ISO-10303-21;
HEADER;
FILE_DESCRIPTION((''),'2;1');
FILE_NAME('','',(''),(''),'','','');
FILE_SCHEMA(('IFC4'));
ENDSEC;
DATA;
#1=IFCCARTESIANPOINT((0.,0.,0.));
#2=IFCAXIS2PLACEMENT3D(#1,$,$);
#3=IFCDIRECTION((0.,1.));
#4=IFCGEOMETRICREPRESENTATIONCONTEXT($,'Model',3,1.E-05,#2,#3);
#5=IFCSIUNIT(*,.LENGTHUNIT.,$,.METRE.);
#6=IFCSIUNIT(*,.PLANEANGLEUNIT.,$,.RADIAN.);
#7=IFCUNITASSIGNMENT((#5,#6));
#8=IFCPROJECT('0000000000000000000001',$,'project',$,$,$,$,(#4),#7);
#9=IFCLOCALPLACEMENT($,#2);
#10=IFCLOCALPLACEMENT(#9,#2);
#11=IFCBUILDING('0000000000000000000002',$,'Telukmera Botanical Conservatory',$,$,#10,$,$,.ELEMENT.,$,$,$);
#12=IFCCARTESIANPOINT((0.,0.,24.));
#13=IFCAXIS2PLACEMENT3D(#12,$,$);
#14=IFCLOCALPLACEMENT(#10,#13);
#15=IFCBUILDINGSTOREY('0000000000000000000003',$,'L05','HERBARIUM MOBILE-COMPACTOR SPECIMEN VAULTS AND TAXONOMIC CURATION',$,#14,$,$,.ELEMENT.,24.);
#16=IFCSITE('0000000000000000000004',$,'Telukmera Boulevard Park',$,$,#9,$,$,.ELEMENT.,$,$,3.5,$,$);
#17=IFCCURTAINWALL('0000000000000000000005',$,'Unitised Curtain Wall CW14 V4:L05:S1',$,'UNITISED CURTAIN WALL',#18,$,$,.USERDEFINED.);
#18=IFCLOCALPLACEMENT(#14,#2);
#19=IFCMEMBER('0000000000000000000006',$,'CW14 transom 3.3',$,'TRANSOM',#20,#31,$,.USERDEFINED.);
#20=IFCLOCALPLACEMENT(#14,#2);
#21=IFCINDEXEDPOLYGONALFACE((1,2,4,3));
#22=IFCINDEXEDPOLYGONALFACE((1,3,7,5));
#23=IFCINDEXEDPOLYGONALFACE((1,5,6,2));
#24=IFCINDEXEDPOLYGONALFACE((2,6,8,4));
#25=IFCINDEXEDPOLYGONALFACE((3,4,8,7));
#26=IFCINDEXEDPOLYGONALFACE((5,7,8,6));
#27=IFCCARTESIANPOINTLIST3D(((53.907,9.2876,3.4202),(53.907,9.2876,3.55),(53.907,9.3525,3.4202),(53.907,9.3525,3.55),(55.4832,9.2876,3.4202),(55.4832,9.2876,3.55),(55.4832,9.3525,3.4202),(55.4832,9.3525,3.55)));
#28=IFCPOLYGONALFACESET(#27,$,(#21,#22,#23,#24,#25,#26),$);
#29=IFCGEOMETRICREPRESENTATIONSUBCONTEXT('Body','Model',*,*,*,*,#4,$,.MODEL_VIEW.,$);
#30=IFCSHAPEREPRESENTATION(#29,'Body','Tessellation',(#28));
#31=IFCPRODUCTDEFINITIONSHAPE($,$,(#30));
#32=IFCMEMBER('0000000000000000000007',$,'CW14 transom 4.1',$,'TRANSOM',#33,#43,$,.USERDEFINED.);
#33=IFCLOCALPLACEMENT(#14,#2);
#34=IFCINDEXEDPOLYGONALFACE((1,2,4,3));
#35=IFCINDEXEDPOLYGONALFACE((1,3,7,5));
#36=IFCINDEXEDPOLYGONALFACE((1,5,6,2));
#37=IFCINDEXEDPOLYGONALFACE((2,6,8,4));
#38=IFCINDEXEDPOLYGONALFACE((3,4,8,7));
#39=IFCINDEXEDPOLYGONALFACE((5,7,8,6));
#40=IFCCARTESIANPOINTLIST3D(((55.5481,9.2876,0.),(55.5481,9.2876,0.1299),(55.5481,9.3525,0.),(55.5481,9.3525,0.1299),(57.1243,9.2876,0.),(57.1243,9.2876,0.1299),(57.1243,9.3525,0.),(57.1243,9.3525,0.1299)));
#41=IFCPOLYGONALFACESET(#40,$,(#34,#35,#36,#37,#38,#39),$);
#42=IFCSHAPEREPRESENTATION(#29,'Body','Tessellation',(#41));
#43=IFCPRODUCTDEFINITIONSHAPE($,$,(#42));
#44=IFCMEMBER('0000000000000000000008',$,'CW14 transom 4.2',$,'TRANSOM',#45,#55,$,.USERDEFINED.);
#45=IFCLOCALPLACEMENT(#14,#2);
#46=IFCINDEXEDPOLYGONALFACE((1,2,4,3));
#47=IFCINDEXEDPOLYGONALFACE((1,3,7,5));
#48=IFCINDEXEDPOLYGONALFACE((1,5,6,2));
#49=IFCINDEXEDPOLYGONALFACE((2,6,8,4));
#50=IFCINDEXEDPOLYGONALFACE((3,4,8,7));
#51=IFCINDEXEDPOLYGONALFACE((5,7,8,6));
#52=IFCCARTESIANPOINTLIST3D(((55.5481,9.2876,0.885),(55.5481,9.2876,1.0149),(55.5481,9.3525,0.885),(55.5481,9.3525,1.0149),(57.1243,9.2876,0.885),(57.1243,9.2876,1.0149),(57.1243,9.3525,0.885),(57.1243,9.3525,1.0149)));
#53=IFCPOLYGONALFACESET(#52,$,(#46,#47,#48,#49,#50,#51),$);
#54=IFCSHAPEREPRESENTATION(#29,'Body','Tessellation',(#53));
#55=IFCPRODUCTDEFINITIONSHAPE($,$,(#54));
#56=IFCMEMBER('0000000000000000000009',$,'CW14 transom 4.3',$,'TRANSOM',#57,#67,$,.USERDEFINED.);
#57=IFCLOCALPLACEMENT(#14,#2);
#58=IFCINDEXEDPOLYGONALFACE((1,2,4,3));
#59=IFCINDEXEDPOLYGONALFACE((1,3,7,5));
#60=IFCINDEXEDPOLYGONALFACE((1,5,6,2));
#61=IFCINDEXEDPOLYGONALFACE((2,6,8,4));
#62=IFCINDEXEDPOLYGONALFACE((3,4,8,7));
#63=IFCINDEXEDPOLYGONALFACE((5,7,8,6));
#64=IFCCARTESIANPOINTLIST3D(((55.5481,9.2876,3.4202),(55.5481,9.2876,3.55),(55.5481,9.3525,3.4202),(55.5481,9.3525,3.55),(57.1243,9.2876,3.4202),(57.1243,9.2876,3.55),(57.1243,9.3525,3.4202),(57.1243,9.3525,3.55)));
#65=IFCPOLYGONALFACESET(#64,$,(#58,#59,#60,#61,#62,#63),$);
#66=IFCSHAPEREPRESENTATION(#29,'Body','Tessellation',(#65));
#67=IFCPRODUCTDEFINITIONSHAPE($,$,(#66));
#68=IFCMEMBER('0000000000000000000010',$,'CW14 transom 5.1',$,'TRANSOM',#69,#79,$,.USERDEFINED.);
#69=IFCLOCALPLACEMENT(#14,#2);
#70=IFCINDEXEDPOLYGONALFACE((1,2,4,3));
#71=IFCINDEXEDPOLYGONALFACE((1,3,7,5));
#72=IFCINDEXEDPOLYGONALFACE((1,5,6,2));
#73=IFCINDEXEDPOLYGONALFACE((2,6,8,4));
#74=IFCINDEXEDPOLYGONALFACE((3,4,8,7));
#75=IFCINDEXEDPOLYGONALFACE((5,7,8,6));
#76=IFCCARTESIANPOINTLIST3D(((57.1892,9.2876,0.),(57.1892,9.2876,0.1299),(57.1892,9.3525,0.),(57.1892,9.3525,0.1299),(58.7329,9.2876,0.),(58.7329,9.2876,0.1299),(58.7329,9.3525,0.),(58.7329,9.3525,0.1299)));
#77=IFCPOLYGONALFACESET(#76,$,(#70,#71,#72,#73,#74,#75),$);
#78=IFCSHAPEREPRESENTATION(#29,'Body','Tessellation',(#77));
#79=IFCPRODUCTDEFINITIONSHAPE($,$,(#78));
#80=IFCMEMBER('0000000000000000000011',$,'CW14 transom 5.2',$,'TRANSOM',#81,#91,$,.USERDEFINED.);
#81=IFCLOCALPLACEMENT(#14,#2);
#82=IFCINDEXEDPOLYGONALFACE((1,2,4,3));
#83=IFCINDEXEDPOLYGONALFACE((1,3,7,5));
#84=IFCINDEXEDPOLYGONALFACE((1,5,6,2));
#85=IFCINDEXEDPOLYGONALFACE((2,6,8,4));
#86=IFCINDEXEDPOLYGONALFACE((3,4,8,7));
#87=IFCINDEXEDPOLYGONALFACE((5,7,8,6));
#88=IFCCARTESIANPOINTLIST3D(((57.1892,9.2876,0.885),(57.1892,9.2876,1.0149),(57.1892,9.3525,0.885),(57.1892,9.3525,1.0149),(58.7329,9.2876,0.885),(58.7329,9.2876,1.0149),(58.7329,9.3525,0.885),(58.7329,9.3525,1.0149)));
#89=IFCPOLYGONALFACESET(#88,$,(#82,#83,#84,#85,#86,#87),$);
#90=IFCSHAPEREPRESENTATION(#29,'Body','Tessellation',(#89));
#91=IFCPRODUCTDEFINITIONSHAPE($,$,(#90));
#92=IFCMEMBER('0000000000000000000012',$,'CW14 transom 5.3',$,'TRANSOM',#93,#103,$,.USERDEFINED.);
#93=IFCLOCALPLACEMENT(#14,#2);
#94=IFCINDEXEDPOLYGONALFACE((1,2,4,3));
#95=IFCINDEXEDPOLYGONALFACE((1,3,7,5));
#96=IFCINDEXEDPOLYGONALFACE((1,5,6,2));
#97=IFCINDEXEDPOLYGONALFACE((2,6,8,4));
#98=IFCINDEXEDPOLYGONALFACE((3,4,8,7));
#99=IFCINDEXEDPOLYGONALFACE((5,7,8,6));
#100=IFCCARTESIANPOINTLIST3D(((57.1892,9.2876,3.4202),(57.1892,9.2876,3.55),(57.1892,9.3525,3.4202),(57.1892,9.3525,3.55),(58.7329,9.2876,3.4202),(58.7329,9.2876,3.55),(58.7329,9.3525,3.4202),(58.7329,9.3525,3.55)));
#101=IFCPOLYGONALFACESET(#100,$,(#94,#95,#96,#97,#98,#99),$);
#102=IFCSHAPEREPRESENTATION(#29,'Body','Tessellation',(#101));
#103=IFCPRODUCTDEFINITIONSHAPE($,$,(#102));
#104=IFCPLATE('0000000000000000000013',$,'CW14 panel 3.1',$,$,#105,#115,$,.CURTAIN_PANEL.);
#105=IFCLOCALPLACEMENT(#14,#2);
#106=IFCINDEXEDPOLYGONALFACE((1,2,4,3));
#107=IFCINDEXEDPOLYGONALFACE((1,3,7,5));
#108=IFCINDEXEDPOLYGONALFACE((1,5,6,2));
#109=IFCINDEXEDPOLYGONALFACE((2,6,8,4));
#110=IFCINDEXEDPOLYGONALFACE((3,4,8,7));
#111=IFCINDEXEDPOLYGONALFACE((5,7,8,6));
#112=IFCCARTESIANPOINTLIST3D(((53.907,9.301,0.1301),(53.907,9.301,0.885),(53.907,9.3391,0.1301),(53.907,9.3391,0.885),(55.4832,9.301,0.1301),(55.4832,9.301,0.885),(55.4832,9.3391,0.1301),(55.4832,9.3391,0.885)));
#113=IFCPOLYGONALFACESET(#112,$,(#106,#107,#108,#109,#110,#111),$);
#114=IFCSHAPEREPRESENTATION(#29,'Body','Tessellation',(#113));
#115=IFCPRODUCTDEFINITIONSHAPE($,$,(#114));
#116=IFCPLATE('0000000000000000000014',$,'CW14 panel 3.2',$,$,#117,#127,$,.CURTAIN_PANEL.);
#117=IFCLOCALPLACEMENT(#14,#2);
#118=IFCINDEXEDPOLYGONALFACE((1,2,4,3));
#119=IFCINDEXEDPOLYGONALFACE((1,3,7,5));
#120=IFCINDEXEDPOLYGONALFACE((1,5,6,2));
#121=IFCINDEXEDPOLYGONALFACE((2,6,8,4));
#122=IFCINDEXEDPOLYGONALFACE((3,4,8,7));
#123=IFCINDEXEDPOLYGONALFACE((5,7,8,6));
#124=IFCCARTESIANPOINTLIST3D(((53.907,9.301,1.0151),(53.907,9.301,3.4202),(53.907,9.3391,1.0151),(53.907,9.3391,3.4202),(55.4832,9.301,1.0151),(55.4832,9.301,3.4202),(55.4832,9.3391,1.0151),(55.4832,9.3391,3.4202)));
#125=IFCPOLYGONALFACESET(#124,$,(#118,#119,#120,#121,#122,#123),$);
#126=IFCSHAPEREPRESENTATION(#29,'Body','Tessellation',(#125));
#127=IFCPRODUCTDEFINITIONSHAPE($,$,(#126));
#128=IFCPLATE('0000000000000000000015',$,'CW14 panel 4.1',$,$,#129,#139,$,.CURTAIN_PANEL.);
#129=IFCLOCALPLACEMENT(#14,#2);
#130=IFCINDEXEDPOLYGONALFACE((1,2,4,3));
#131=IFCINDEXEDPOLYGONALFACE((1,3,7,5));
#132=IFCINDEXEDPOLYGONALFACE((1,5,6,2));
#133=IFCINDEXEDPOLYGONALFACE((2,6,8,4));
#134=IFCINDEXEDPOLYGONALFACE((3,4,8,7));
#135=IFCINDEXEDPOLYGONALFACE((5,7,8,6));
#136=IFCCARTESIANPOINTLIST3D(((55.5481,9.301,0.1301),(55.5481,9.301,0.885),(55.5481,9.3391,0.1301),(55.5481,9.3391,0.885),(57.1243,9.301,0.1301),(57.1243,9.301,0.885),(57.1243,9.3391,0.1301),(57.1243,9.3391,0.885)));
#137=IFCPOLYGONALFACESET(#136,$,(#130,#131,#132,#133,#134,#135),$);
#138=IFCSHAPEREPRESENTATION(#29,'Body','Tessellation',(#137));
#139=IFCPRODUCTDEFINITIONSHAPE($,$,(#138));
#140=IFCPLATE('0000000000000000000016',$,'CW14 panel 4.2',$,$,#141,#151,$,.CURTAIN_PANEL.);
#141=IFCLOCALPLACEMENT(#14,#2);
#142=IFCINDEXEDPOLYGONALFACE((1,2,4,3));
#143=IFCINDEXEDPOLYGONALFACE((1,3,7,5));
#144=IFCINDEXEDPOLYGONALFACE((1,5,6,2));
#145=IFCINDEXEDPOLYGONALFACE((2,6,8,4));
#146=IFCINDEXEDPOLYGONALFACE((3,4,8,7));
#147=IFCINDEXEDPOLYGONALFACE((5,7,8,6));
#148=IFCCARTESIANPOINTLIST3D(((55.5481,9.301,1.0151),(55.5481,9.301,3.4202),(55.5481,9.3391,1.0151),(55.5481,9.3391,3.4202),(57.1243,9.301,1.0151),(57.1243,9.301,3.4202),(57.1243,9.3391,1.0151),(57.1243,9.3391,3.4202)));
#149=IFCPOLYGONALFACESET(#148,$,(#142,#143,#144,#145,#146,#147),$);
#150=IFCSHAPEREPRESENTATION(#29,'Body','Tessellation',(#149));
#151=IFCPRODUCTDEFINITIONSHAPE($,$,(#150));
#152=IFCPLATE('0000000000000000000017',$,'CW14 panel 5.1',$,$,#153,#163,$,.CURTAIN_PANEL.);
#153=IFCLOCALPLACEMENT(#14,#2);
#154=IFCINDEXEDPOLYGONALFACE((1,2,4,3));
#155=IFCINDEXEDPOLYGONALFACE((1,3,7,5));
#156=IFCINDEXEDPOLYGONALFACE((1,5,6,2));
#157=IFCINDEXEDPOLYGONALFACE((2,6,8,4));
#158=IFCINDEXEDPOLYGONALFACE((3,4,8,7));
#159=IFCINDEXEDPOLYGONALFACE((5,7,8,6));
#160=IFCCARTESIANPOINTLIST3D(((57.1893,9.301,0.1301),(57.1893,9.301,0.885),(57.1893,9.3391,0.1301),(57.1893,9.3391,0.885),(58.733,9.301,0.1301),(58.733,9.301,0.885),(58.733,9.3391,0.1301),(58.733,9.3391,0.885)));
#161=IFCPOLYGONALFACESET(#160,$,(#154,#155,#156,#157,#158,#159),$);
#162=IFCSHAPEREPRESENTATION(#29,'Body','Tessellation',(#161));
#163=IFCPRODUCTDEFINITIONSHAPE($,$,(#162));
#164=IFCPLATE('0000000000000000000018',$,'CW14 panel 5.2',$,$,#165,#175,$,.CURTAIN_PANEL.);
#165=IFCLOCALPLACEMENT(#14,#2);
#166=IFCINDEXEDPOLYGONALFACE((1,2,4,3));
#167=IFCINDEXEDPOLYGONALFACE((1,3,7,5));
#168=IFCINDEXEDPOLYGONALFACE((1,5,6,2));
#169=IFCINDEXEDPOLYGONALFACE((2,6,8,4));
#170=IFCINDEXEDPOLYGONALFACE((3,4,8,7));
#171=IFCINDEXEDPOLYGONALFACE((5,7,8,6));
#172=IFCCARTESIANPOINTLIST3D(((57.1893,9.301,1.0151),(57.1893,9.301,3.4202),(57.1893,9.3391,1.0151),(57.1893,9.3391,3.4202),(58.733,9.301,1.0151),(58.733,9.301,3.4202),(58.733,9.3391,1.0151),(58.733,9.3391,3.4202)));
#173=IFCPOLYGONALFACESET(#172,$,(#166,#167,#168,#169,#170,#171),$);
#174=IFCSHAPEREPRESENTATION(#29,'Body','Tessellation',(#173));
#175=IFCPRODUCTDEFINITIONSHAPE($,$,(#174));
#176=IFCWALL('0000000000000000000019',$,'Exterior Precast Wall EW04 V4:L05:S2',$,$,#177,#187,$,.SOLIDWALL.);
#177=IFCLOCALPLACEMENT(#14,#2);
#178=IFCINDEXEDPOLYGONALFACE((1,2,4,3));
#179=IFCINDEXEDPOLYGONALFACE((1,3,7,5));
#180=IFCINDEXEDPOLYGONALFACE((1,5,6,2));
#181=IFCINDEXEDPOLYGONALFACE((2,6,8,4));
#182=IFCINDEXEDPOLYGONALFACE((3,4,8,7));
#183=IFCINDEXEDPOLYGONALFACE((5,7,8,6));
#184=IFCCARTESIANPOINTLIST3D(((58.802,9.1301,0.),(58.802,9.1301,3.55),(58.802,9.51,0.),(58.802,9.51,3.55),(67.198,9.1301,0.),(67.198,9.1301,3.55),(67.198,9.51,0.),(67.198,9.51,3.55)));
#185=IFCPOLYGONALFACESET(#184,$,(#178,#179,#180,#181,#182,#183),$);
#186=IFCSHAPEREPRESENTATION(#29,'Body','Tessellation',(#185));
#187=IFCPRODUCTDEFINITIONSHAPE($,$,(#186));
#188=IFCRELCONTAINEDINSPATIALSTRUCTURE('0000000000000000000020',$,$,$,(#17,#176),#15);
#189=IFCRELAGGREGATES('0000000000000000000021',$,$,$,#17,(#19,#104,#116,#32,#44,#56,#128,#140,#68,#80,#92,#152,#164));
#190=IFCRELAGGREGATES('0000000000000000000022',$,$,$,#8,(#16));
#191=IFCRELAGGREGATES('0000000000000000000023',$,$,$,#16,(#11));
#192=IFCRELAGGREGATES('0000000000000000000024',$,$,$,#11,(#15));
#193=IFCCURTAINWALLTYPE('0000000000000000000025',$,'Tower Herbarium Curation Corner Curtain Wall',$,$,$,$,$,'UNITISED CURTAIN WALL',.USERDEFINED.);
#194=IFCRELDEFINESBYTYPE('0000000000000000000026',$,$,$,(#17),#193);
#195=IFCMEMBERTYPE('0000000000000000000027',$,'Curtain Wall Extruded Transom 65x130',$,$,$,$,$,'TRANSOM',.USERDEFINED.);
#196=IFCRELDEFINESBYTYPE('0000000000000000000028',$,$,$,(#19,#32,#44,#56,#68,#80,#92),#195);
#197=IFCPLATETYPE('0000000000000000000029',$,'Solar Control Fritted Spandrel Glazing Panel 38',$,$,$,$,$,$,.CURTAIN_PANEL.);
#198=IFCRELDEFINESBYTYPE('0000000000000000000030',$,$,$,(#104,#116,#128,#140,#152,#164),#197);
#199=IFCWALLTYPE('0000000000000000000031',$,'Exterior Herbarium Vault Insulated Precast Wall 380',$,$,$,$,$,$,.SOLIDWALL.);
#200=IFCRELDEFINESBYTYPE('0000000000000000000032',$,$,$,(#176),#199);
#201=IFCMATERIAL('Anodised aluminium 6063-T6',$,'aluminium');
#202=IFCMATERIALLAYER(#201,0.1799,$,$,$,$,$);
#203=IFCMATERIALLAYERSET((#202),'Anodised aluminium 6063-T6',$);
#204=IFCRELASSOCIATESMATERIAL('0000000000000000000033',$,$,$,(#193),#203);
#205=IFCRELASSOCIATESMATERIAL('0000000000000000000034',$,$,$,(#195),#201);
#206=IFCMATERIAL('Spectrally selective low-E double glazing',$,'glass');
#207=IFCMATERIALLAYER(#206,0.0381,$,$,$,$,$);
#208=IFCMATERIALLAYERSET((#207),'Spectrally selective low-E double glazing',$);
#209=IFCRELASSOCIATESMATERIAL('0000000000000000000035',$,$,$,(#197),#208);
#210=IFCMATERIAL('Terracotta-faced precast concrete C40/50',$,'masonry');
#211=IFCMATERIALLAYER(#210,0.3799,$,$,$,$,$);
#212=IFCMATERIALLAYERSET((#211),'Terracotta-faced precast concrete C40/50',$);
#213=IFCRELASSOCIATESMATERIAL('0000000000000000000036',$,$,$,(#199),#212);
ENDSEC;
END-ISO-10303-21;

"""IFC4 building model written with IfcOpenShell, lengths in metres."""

from ifc_helpers import new_model, si_unit, direction, frame, frame_2d, origin, origin_2d, place, context, subcontext, project, spatial, rectangle, extrude, material, layer, layer_set, material_profile, profile_set, type_object, element, aggregate, save


model = new_model("IFC4")

# Units and contexts
model_context = context("Model", 3, precision=1e-05, world=origin(), true_north=direction((0.0, 1.0)))
body_context = subcontext(model_context, "Body", "Model", "MODEL_VIEW")
ifc_project = project(units=[si_unit("LENGTHUNIT", "METRE"), si_unit("PLANEANGLEUNIT", "RADIAN")], contexts=[model_context])

# Site, building, storey
site_placement = place(None, origin())
site = spatial("IfcSite", under=ifc_project, at=site_placement, Name="Telukmera Boulevard Park", CompositionType="ELEMENT", RefElevation=3.5)
building_placement = place(site_placement, origin())
building = spatial("IfcBuilding", under=site, at=building_placement, Name="Telukmera Botanical Conservatory", CompositionType="ELEMENT")
storey_placement = place(building_placement, frame((0.0, 0.0, 24.0)))
storey = spatial("IfcBuildingStorey", under=building, at=storey_placement, Name="L05", Description="HERBARIUM MOBILE-COMPACTOR SPECIMEN VAULTS AND TAXONOMIC CURATION", CompositionType="ELEMENT", Elevation=24.0)

# Curtain wall, members, plates
ifc_material_1 = material(Name="Anodised aluminium 6063-T6", Category="aluminium")
ifc_layer_1 = layer(ifc_material_1, 0.1799)
ifc_layer_set_1 = layer_set([ifc_layer_1], Name="Anodised aluminium 6063-T6")
curtain_wall_type = type_object("IfcCurtainWallType", Name="Tower Herbarium Curation Corner Curtain Wall", ElementType="UNITISED CURTAIN WALL", PredefinedType="USERDEFINED", material=ifc_layer_set_1)
curtain_wall_placement = place(storey_placement, origin())
curtain_wall = element("IfcCurtainWall", 1, at=curtain_wall_placement, inside=storey, type_object=curtain_wall_type, Name="Unitised Curtain Wall CW14 V4:L05:S1", ObjectType="UNITISED CURTAIN WALL", PredefinedType="USERDEFINED")
ifc_material_profile_1 = material_profile(ifc_material_1, rectangle(XDim=0.0649, YDim=0.1299, at=origin_2d()), Name="ALU TRAN 65x130")
ifc_profile_set_1 = profile_set([ifc_material_profile_1], Name="Anodised aluminium 6063-T6")
member_type_1 = type_object("IfcMemberType", Name="Curtain Wall Extruded Transom 65x130", ElementType="TRANSOM", PredefinedType="USERDEFINED", material=ifc_profile_set_1)
member_1_placement = place(storey_placement, frame((53.907, 9.3201, 3.4851), z_axis=(1.0, 0.0, 0.0), x_axis=(0.0, 1.0, 0.0)))
member_1 = element("IfcMember", 2, at=member_1_placement, type_object=member_type_1, Name="CW14 transom 3.3", ObjectType="TRANSOM", PredefinedType="USERDEFINED", context=body_context, shape_type="SweptSolid", body=[
    extrude(rectangle(XDim=0.0649, YDim=0.1299, at=origin_2d()), origin(), (0.0, 0.0, 1.0), 1.5762),
])
member_2_placement = place(storey_placement, frame((55.5481, 9.3201, 0.0649), z_axis=(1.0, 0.0, 0.0), x_axis=(0.0, 1.0, 0.0)))
member_2 = element("IfcMember", 3, at=member_2_placement, type_object=member_type_1, Name="CW14 transom 4.1", ObjectType="TRANSOM", PredefinedType="USERDEFINED", context=body_context, shape_type="SweptSolid", body=[
    extrude(rectangle(XDim=0.0649, YDim=0.1299, at=origin_2d()), origin(), (0.0, 0.0, 1.0), 1.5762),
])
member_3_placement = place(storey_placement, frame((55.5481, 9.3201, 0.95), z_axis=(1.0, 0.0, 0.0), x_axis=(0.0, 1.0, 0.0)))
member_3 = element("IfcMember", 4, at=member_3_placement, type_object=member_type_1, Name="CW14 transom 4.2", ObjectType="TRANSOM", PredefinedType="USERDEFINED", context=body_context, shape_type="SweptSolid", body=[
    extrude(rectangle(XDim=0.0649, YDim=0.1299, at=origin_2d()), origin(), (0.0, 0.0, 1.0), 1.5762),
])
member_4_placement = place(storey_placement, frame((55.5481, 9.3201, 3.4851), z_axis=(1.0, 0.0, 0.0), x_axis=(0.0, 1.0, 0.0)))
member_4 = element("IfcMember", 5, at=member_4_placement, type_object=member_type_1, Name="CW14 transom 4.3", ObjectType="TRANSOM", PredefinedType="USERDEFINED", context=body_context, shape_type="SweptSolid", body=[
    extrude(rectangle(XDim=0.0649, YDim=0.1299, at=origin_2d()), origin(), (0.0, 0.0, 1.0), 1.5762),
])
member_5_placement = place(storey_placement, frame((57.1892, 9.3201, 0.0649), z_axis=(1.0, 0.0, 0.0), x_axis=(0.0, 1.0, 0.0)))
member_5 = element("IfcMember", 6, at=member_5_placement, type_object=member_type_1, Name="CW14 transom 5.1", ObjectType="TRANSOM", PredefinedType="USERDEFINED", context=body_context, shape_type="SweptSolid", body=[
    extrude(rectangle(XDim=0.0649, YDim=0.1299, at=origin_2d()), origin(), (0.0, 0.0, 1.0), 1.5437),
])
member_6_placement = place(storey_placement, frame((57.1892, 9.3201, 0.95), z_axis=(1.0, 0.0, 0.0), x_axis=(0.0, 1.0, 0.0)))
member_6 = element("IfcMember", 7, at=member_6_placement, type_object=member_type_1, Name="CW14 transom 5.2", ObjectType="TRANSOM", PredefinedType="USERDEFINED", context=body_context, shape_type="SweptSolid", body=[
    extrude(rectangle(XDim=0.0649, YDim=0.1299, at=origin_2d()), origin(), (0.0, 0.0, 1.0), 1.5437),
])
member_7_placement = place(storey_placement, frame((57.1892, 9.3201, 3.4851), z_axis=(1.0, 0.0, 0.0), x_axis=(0.0, 1.0, 0.0)))
member_7 = element("IfcMember", 8, at=member_7_placement, type_object=member_type_1, Name="CW14 transom 5.3", ObjectType="TRANSOM", PredefinedType="USERDEFINED", context=body_context, shape_type="SweptSolid", body=[
    extrude(rectangle(XDim=0.0649, YDim=0.1299, at=origin_2d()), origin(), (0.0, 0.0, 1.0), 1.5437),
])
ifc_material_2 = material(Name="Spectrally selective low-E double glazing", Category="glass")
ifc_layer_2 = layer(ifc_material_2, 0.0381)
ifc_layer_set_2 = layer_set([ifc_layer_2], Name="Spectrally selective low-E double glazing")
plate_type = type_object("IfcPlateType", Name="Solar Control Fritted Spandrel Glazing Panel 38", PredefinedType="CURTAIN_PANEL", material=ifc_layer_set_2)
plate_1_placement = place(storey_placement, frame((54.6951, 9.3201, 0.1301), z_axis=(0.0, 0.0, 1.0), x_axis=(1.0, 0.0, 0.0)))
plate_1 = element("IfcPlate", 9, at=plate_1_placement, type_object=plate_type, Name="CW14 panel 3.1", PredefinedType="CURTAIN_PANEL", context=body_context, shape_type="SweptSolid", body=[
    extrude(rectangle(XDim=1.5762, YDim=0.0381, at=origin_2d()), origin(), (0.0, 0.0, 1.0), 0.7549),
])
plate_2_placement = place(storey_placement, frame((54.6951, 9.3201, 1.0151), z_axis=(0.0, 0.0, 1.0), x_axis=(1.0, 0.0, 0.0)))
plate_2 = element("IfcPlate", 10, at=plate_2_placement, type_object=plate_type, Name="CW14 panel 3.2", PredefinedType="CURTAIN_PANEL", context=body_context, shape_type="SweptSolid", body=[
    extrude(rectangle(XDim=1.5762, YDim=0.0381, at=origin_2d()), origin(), (0.0, 0.0, 1.0), 2.405),
])
plate_3_placement = place(storey_placement, frame((56.3362, 9.3201, 0.1301), z_axis=(0.0, 0.0, 1.0), x_axis=(1.0, 0.0, 0.0)))
plate_3 = element("IfcPlate", 11, at=plate_3_placement, type_object=plate_type, Name="CW14 panel 4.1", PredefinedType="CURTAIN_PANEL", context=body_context, shape_type="SweptSolid", body=[
    extrude(rectangle(XDim=1.5762, YDim=0.0381, at=origin_2d()), origin(), (0.0, 0.0, 1.0), 0.7549),
])
plate_4_placement = place(storey_placement, frame((56.3362, 9.3201, 1.0151), z_axis=(0.0, 0.0, 1.0), x_axis=(1.0, 0.0, 0.0)))
plate_4 = element("IfcPlate", 12, at=plate_4_placement, type_object=plate_type, Name="CW14 panel 4.2", PredefinedType="CURTAIN_PANEL", context=body_context, shape_type="SweptSolid", body=[
    extrude(rectangle(XDim=1.5762, YDim=0.0381, at=origin_2d()), origin(), (0.0, 0.0, 1.0), 2.405),
])
plate_5_placement = place(storey_placement, frame((57.9612, 9.3201, 0.1301), z_axis=(0.0, 0.0, 1.0), x_axis=(1.0, 0.0, 0.0)))
plate_5 = element("IfcPlate", 13, at=plate_5_placement, type_object=plate_type, Name="CW14 panel 5.1", PredefinedType="CURTAIN_PANEL", context=body_context, shape_type="SweptSolid", body=[
    extrude(rectangle(XDim=1.5437, YDim=0.0381, at=origin_2d()), origin(), (0.0, 0.0, 1.0), 0.7549),
])
plate_6_placement = place(storey_placement, frame((57.9612, 9.3201, 1.0151), z_axis=(0.0, 0.0, 1.0), x_axis=(1.0, 0.0, 0.0)))
plate_6 = element("IfcPlate", 14, at=plate_6_placement, type_object=plate_type, Name="CW14 panel 5.2", PredefinedType="CURTAIN_PANEL", context=body_context, shape_type="SweptSolid", body=[
    extrude(rectangle(XDim=1.5437, YDim=0.0381, at=origin_2d()), origin(), (0.0, 0.0, 1.0), 2.405),
])
aggregate(curtain_wall, [member_1, plate_1, plate_2, member_2, member_3, member_4, plate_3, plate_4, member_5, member_6, member_7, plate_5, plate_6])

# Wall
ifc_material_3 = material(Name="Terracotta-faced precast concrete C40/50", Category="masonry")
ifc_layer_3 = layer(ifc_material_3, 0.3799)
ifc_layer_set_3 = layer_set([ifc_layer_3], Name="Terracotta-faced precast concrete C40/50")
wall_type_1 = type_object("IfcWallType", Name="Exterior Herbarium Vault Insulated Precast Wall 380", PredefinedType="SOLIDWALL", material=ifc_layer_set_3)
wall_1_placement = place(storey_placement, frame((58.802, 9.3201, 0.0), z_axis=(0.0, 0.0, 1.0), x_axis=(1.0, 0.0, 0.0)))
element("IfcWall", 15, at=wall_1_placement, inside=storey, type_object=wall_type_1, Name="Exterior Precast Wall EW04 V4:L05:S2", PredefinedType="SOLIDWALL", context=body_context, shape_type="SweptSolid", body=[
    extrude(rectangle(XDim=8.396, YDim=0.3799, at=frame_2d((4.198, 0.0))), origin(), (0.0, 0.0, 1.0), 3.55),
])

save(model, "model.ifc")
